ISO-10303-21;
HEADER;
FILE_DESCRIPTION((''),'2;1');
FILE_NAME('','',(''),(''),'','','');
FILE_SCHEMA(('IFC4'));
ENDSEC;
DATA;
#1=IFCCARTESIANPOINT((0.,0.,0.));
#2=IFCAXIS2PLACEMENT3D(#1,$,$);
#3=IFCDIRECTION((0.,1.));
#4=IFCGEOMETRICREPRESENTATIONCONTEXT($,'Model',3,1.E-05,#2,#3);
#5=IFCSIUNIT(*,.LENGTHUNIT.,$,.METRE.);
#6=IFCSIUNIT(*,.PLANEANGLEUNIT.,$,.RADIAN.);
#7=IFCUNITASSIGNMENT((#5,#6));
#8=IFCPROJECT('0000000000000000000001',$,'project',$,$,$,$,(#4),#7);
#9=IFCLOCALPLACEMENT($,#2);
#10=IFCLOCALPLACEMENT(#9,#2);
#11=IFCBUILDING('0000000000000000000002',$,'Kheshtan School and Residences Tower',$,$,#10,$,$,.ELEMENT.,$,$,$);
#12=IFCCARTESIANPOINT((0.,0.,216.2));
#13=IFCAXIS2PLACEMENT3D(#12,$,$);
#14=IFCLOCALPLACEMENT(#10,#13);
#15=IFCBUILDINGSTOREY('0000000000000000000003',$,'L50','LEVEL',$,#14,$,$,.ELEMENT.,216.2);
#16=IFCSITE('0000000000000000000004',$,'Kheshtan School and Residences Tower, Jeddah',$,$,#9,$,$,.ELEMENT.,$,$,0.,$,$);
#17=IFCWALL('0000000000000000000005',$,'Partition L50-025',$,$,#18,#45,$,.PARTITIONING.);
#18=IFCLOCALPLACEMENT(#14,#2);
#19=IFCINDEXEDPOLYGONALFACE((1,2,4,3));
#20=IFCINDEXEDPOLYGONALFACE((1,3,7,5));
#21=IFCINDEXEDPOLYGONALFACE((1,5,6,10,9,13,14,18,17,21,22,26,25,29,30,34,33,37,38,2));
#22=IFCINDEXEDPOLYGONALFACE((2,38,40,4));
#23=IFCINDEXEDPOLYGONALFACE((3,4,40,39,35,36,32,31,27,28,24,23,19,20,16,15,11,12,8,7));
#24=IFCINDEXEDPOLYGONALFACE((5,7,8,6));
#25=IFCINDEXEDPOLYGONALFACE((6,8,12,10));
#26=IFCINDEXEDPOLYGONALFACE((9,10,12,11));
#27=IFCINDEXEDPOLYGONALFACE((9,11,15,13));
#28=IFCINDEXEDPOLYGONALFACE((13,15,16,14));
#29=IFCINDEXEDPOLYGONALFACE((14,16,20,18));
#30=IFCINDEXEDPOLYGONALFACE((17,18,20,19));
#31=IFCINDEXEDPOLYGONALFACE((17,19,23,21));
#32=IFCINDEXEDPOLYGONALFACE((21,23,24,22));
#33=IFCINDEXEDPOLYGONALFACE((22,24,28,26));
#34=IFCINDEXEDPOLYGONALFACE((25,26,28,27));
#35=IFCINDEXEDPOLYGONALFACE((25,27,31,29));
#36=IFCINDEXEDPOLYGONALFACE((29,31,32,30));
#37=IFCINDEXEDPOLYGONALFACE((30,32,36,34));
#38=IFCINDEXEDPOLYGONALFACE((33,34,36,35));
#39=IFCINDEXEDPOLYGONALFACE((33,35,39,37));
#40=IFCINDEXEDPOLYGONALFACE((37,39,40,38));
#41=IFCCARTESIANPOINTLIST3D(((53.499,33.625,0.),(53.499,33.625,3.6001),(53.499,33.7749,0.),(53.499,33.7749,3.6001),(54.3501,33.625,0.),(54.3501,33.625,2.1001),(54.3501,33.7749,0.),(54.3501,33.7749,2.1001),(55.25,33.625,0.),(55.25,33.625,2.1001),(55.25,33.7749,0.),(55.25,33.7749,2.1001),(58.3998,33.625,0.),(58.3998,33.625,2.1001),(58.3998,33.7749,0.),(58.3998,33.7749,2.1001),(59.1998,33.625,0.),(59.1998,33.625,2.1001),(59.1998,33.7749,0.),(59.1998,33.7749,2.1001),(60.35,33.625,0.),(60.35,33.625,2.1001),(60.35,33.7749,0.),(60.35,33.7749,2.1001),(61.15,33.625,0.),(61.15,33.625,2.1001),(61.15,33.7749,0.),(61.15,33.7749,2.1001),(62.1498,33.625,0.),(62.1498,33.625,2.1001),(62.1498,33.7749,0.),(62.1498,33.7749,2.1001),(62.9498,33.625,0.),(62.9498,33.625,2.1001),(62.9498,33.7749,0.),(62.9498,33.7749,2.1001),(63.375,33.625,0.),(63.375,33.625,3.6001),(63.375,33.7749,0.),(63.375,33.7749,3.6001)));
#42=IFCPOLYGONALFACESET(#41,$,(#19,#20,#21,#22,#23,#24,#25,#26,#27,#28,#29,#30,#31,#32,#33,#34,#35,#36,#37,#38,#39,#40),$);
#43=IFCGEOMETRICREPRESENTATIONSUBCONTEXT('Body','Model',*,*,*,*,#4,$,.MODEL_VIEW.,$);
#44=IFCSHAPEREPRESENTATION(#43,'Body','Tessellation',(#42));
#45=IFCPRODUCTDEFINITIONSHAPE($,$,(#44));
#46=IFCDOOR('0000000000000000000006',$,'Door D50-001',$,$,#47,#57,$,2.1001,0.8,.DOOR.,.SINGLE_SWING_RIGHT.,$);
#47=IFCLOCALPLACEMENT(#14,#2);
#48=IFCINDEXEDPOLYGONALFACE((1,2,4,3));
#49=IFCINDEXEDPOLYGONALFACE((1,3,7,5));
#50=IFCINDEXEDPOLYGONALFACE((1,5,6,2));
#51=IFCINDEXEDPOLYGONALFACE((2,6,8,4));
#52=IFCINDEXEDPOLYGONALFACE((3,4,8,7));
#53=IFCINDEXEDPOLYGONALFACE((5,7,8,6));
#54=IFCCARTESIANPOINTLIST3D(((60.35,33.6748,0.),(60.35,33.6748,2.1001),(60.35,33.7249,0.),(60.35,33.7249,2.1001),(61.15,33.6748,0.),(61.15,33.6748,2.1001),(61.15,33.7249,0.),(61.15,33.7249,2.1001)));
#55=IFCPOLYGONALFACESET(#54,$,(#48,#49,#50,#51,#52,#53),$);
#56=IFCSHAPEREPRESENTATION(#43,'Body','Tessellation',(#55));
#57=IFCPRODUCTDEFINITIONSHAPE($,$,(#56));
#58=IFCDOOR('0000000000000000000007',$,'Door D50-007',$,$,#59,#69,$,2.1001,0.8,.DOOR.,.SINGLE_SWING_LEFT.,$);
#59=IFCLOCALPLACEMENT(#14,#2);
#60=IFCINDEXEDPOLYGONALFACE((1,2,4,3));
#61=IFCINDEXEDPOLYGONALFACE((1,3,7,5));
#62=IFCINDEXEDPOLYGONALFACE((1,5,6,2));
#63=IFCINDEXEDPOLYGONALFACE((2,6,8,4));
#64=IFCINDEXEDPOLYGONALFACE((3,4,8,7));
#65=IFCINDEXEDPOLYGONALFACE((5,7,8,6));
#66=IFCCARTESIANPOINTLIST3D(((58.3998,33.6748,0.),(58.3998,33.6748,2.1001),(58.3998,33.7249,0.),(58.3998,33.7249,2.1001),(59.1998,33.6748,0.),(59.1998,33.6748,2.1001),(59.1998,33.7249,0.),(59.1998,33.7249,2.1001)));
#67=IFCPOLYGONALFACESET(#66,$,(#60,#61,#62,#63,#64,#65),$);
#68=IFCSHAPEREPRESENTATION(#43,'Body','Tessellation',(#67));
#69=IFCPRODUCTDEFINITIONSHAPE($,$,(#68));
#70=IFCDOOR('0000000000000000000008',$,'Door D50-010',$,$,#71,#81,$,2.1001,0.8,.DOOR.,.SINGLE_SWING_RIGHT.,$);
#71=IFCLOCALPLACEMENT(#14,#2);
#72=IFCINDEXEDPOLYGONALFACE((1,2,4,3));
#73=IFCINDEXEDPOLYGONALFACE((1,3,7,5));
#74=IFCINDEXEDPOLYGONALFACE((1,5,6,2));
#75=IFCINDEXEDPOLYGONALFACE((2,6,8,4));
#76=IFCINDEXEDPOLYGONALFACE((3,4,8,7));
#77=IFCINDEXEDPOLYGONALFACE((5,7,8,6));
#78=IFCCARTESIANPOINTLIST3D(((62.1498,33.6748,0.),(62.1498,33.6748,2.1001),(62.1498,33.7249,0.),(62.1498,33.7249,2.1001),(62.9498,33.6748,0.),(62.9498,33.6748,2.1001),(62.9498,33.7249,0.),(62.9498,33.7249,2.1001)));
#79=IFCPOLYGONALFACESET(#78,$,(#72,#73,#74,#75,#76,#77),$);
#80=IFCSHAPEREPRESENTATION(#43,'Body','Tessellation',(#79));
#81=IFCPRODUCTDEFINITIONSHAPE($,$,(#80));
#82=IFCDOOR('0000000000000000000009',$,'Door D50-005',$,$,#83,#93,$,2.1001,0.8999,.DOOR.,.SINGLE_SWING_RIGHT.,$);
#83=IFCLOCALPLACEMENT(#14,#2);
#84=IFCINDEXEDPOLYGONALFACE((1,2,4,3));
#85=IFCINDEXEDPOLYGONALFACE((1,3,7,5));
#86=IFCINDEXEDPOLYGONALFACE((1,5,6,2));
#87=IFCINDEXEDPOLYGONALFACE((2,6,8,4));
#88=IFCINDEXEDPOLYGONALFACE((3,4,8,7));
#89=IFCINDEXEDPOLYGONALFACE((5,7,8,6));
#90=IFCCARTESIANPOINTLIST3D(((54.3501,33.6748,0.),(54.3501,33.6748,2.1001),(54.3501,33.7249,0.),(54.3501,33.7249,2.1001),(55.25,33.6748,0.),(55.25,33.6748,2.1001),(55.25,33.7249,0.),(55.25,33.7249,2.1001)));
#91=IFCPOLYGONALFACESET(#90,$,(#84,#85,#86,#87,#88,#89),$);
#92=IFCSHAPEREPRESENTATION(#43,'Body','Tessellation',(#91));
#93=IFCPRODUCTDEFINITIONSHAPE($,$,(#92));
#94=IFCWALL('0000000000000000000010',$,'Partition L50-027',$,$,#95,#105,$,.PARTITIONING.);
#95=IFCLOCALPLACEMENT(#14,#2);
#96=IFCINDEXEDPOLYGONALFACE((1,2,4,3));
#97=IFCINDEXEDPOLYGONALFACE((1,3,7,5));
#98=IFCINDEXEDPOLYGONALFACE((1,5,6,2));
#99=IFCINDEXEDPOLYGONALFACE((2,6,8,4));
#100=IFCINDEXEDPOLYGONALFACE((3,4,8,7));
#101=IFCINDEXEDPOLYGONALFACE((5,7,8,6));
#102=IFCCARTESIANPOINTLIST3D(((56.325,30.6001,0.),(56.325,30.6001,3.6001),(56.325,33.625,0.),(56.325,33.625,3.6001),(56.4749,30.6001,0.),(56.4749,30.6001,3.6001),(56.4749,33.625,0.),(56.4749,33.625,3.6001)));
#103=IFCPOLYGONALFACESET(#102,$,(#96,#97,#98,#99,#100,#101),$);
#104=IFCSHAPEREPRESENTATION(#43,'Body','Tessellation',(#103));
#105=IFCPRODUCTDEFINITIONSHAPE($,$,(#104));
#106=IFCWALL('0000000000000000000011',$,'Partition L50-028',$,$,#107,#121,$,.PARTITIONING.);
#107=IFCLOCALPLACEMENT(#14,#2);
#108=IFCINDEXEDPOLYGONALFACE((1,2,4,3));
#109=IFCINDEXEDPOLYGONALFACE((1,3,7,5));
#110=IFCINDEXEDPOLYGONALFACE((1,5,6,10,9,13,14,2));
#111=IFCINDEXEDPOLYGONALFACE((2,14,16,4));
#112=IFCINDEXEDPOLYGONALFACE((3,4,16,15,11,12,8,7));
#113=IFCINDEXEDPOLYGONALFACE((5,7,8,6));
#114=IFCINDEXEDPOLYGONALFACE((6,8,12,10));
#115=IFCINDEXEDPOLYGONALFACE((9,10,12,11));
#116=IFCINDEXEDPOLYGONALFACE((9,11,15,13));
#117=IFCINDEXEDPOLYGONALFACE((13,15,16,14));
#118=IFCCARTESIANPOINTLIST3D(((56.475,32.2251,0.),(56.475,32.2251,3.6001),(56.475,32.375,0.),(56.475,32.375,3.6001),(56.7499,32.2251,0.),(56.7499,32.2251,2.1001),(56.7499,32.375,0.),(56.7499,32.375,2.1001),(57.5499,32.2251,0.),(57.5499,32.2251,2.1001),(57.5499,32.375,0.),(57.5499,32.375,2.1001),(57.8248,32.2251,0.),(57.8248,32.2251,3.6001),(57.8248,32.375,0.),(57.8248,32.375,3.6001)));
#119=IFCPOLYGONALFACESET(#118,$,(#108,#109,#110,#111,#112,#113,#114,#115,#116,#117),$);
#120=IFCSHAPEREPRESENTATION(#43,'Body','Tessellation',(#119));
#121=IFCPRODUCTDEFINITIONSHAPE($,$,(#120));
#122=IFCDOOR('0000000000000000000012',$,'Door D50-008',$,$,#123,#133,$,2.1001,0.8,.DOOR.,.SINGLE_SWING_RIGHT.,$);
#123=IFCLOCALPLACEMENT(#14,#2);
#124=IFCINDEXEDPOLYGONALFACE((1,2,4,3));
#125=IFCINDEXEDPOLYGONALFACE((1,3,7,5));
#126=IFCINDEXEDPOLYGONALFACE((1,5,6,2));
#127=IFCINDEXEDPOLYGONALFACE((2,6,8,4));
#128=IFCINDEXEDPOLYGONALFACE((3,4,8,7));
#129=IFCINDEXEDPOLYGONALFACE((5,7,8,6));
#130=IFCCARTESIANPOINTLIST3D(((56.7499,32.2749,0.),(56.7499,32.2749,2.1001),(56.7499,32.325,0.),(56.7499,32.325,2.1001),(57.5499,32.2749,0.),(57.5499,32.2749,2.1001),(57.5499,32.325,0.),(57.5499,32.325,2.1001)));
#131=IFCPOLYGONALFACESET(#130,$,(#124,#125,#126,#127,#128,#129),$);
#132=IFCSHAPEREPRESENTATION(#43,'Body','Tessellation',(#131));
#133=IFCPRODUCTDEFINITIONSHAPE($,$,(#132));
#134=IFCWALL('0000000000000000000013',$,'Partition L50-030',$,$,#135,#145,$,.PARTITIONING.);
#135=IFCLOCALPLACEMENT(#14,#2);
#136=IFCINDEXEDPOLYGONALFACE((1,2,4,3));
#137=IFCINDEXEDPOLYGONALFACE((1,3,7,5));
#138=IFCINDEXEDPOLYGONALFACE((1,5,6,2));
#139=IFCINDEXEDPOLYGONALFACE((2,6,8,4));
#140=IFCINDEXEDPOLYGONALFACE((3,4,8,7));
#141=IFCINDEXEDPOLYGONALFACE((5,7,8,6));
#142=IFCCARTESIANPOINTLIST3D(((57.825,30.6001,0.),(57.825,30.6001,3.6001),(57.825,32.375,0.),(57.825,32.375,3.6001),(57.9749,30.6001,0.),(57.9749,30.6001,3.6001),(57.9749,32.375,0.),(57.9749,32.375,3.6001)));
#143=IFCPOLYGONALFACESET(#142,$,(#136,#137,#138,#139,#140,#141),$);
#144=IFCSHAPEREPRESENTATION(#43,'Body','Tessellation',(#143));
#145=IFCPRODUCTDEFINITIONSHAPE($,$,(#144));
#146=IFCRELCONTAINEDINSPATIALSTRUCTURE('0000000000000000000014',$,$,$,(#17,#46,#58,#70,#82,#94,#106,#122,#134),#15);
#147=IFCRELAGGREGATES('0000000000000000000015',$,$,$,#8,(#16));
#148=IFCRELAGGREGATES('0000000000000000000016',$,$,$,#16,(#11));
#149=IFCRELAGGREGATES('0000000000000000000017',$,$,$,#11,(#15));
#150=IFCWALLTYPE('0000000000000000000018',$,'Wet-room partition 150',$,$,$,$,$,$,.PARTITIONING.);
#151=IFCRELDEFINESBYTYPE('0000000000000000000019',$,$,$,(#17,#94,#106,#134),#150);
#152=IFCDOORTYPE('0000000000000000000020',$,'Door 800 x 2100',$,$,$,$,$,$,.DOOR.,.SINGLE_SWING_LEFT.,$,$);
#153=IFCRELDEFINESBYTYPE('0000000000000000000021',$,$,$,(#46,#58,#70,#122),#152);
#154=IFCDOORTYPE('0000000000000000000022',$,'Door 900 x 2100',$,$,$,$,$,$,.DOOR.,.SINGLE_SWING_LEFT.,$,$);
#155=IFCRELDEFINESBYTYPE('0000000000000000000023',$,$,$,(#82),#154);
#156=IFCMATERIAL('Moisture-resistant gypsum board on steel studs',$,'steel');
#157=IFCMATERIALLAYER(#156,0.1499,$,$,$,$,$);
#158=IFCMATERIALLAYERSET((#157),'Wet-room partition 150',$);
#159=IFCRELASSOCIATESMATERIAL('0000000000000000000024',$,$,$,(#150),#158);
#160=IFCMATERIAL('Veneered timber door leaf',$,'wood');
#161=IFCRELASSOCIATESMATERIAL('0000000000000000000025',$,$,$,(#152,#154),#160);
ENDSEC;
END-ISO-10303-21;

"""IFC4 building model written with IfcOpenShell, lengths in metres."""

from ifc_helpers import new_model, si_unit, direction, frame, frame_2d, origin, place, context, subcontext, project, spatial, rectangle, extrude, source, transform, mapped, material, layer, layer_set, type_object, element, fill, save


model = new_model("IFC4")

# Units and contexts
model_context = context("Model", 3, precision=1e-05, world=origin(), true_north=direction((0.0, 1.0)))
body_context = subcontext(model_context, "Body", "Model", "MODEL_VIEW")
ifc_project = project(units=[si_unit("LENGTHUNIT", "METRE"), si_unit("PLANEANGLEUNIT", "RADIAN")], contexts=[model_context])

# Site, building, storey
site_placement = place(None, origin())
site = spatial("IfcSite", under=ifc_project, at=site_placement, Name="Kheshtan School and Residences Tower, Jeddah", CompositionType="ELEMENT", RefElevation=0.0)
building_placement = place(site_placement, origin())
building = spatial("IfcBuilding", under=site, at=building_placement, Name="Kheshtan School and Residences Tower", CompositionType="ELEMENT")
storey_placement = place(building_placement, frame((0.0, 0.0, 216.2)))
storey = spatial("IfcBuildingStorey", under=building, at=storey_placement, Name="L50", Description="LEVEL", CompositionType="ELEMENT", Elevation=216.2)

# Wall, openings, doors
ifc_material_1 = material(Name="Moisture-resistant gypsum board on steel studs", Category="steel")
ifc_layer_1 = layer(ifc_material_1, 0.1499)
ifc_layer_set_1 = layer_set([ifc_layer_1], Name="Wet-room partition 150")
wall_type_1 = type_object("IfcWallType", Name="Wet-room partition 150", PredefinedType="PARTITIONING", material=ifc_layer_set_1)
wall_1_placement = place(storey_placement, frame((53.499, 33.7, 0.0), z_axis=(0.0, 0.0, 1.0), x_axis=(1.0, 0.0, 0.0)))
wall_1 = element("IfcWall", 1, at=wall_1_placement, inside=storey, type_object=wall_type_1, Name="Partition L50-025", PredefinedType="PARTITIONING", context=body_context, shape_type="SweptSolid", body=[
    extrude(rectangle(XDim=9.876, YDim=0.1499, at=frame_2d((4.938, 0.0))), origin(), (0.0, 0.0, 1.0), 3.6001),
])
opening_1_placement = place(wall_1_placement, frame((6.8511, 0.0, 0.0)))
opening_1 = element("IfcOpeningElement", 2, at=opening_1_placement, cuts=wall_1, PredefinedType="OPENING", context=body_context, shape_type="SweptSolid", body=[
    extrude(rectangle(XDim=0.8, YDim=2.1001, at=frame_2d((0.3999, 1.05))), frame((0.0, 0.085, 0.0), z_axis=(0.0, -1.0, 0.0), x_axis=(1.0, 0.0, 0.0)), (0.0, 0.0, 1.0), 0.1699),
])
opening_2_placement = place(wall_1_placement, frame((0.8511, 0.0, 0.0)))
opening_2 = element("IfcOpeningElement", 3, at=opening_2_placement, cuts=wall_1, PredefinedType="OPENING", context=body_context, shape_type="SweptSolid", body=[
    extrude(rectangle(XDim=0.8999, YDim=2.1001, at=frame_2d((0.45, 1.05))), frame((0.0, 0.085, 0.0), z_axis=(0.0, -1.0, 0.0), x_axis=(1.0, 0.0, 0.0)), (0.0, 0.0, 1.0), 0.1699),
])
opening_3_placement = place(wall_1_placement, frame((4.9009, 0.0, 0.0)))
opening_3 = element("IfcOpeningElement", 4, at=opening_3_placement, cuts=wall_1, PredefinedType="OPENING", context=body_context, shape_type="SweptSolid", body=[
    extrude(rectangle(XDim=0.8, YDim=2.1001, at=frame_2d((0.3999, 1.05))), frame((0.0, 0.085, 0.0), z_axis=(0.0, -1.0, 0.0), x_axis=(1.0, 0.0, 0.0)), (0.0, 0.0, 1.0), 0.1699),
])
opening_4_placement = place(wall_1_placement, frame((8.6509, 0.0, 0.0)))
opening_4 = element("IfcOpeningElement", 5, at=opening_4_placement, cuts=wall_1, PredefinedType="OPENING", context=body_context, shape_type="SweptSolid", body=[
    extrude(rectangle(XDim=0.8, YDim=2.1001, at=frame_2d((0.3999, 1.05))), frame((0.0, 0.085, 0.0), z_axis=(0.0, -1.0, 0.0), x_axis=(1.0, 0.0, 0.0)), (0.0, 0.0, 1.0), 0.1699),
])
ifc_material_2 = material(Name="Veneered timber door leaf", Category="wood")
door_type_1 = type_object("IfcDoorType", Name="Door 800 x 2100", OperationType="SINGLE_SWING_LEFT", PredefinedType="DOOR", material=ifc_material_2)
shared_shape_1 = source(origin(), body_context, "Body", "SweptSolid", [
    extrude(rectangle(XDim=0.8, YDim=2.1001, at=frame_2d((0.3999, 1.05))), frame((0.0, 0.0249, 0.0), z_axis=(0.0, -1.0, 0.0), x_axis=(1.0, 0.0, 0.0)), (0.0, 0.0, 1.0), 0.05),
])
door_1_placement = place(opening_1_placement, origin())
door_1 = element("IfcDoor", 6, at=door_1_placement, inside=storey, type_object=door_type_1, Name="Door D50-001", OperationType="SINGLE_SWING_RIGHT", OverallHeight=2.1001, OverallWidth=0.8, PredefinedType="DOOR", context=body_context, shape_type="MappedRepresentation", body=[
    mapped(shared_shape_1, transform((0.0, 0.0, 0.0), x_axis=(1.0, 0.0, 0.0), y_axis=(0.0, 1.0, 0.0), z_axis=(0.0, 0.0, 1.0), scale=1.0)),
])
fill(opening_1, door_1)
door_2_placement = place(opening_3_placement, origin())
door_2 = element("IfcDoor", 7, at=door_2_placement, inside=storey, type_object=door_type_1, Name="Door D50-007", OperationType="SINGLE_SWING_LEFT", OverallHeight=2.1001, OverallWidth=0.8, PredefinedType="DOOR", context=body_context, shape_type="MappedRepresentation", body=[
    mapped(shared_shape_1, transform((0.0, 0.0, 0.0), x_axis=(1.0, 0.0, 0.0), y_axis=(0.0, 1.0, 0.0), z_axis=(0.0, 0.0, 1.0), scale=1.0)),
])
fill(opening_3, door_2)
door_3_placement = place(opening_4_placement, origin())
door_3 = element("IfcDoor", 8, at=door_3_placement, inside=storey, type_object=door_type_1, Name="Door D50-010", OperationType="SINGLE_SWING_RIGHT", OverallHeight=2.1001, OverallWidth=0.8, PredefinedType="DOOR", context=body_context, shape_type="MappedRepresentation", body=[
    mapped(shared_shape_1, transform((0.0, 0.0, 0.0), x_axis=(1.0, 0.0, 0.0), y_axis=(0.0, 1.0, 0.0), z_axis=(0.0, 0.0, 1.0), scale=1.0)),
])
fill(opening_4, door_3)
door_type_2 = type_object("IfcDoorType", Name="Door 900 x 2100", OperationType="SINGLE_SWING_LEFT", PredefinedType="DOOR", material=ifc_material_2)
shared_shape_2 = source(origin(), body_context, "Body", "SweptSolid", [
    extrude(rectangle(XDim=0.8999, YDim=2.1001, at=frame_2d((0.45, 1.05))), frame((0.0, 0.0249, 0.0), z_axis=(0.0, -1.0, 0.0), x_axis=(1.0, 0.0, 0.0)), (0.0, 0.0, 1.0), 0.05),
])
door_4_placement = place(opening_2_placement, origin())
door_4 = element("IfcDoor", 9, at=door_4_placement, inside=storey, type_object=door_type_2, Name="Door D50-005", OperationType="SINGLE_SWING_RIGHT", OverallHeight=2.1001, OverallWidth=0.8999, PredefinedType="DOOR", context=body_context, shape_type="MappedRepresentation", body=[
    mapped(shared_shape_2, transform((0.0, 0.0, 0.0), x_axis=(1.0, 0.0, 0.0), y_axis=(0.0, 1.0, 0.0), z_axis=(0.0, 0.0, 1.0), scale=1.0)),
])
fill(opening_2, door_4)

# Wall
wall_2_placement = place(storey_placement, frame((56.3999, 30.6001, 0.0), z_axis=(0.0, 0.0, 1.0), x_axis=(0.0, 1.0, 0.0)))
element("IfcWall", 10, at=wall_2_placement, inside=storey, type_object=wall_type_1, Name="Partition L50-027", PredefinedType="PARTITIONING", context=body_context, shape_type="SweptSolid", body=[
    extrude(rectangle(XDim=3.0249, YDim=0.1499, at=frame_2d((1.5125, 0.0))), origin(), (0.0, 0.0, 1.0), 3.6001),
])

# Wall, opening, door
wall_3_placement = place(storey_placement, frame((56.4751, 32.3, 0.0), z_axis=(0.0, 0.0, 1.0), x_axis=(1.0, 0.0, 0.0)))
wall_3 = element("IfcWall", 11, at=wall_3_placement, inside=storey, type_object=wall_type_1, Name="Partition L50-028", PredefinedType="PARTITIONING", context=body_context, shape_type="SweptSolid", body=[
    extrude(rectangle(XDim=1.3499, YDim=0.1499, at=frame_2d((0.6748, 0.0))), origin(), (0.0, 0.0, 1.0), 3.6001),
])
opening_5_placement = place(wall_3_placement, frame((0.2749, 0.0, 0.0)))
opening_5 = element("IfcOpeningElement", 12, at=opening_5_placement, cuts=wall_3, PredefinedType="OPENING", context=body_context, shape_type="SweptSolid", body=[
    extrude(rectangle(XDim=0.8, YDim=2.1001, at=frame_2d((0.3999, 1.05))), frame((0.0, 0.085, 0.0), z_axis=(0.0, -1.0, 0.0), x_axis=(1.0, 0.0, 0.0)), (0.0, 0.0, 1.0), 0.1699),
])
door_5_placement = place(opening_5_placement, origin())
door_5 = element("IfcDoor", 13, at=door_5_placement, inside=storey, type_object=door_type_1, Name="Door D50-008", OperationType="SINGLE_SWING_RIGHT", OverallHeight=2.1001, OverallWidth=0.8, PredefinedType="DOOR", context=body_context, shape_type="MappedRepresentation", body=[
    mapped(shared_shape_1, transform((0.0, 0.0, 0.0), x_axis=(1.0, 0.0, 0.0), y_axis=(0.0, 1.0, 0.0), z_axis=(0.0, 0.0, 1.0), scale=1.0)),
])
fill(opening_5, door_5)

# Wall
wall_4_placement = place(storey_placement, frame((57.8999, 30.6001, 0.0), z_axis=(0.0, 0.0, 1.0), x_axis=(0.0, 1.0, 0.0)))
element("IfcWall", 14, at=wall_4_placement, inside=storey, type_object=wall_type_1, Name="Partition L50-030", PredefinedType="PARTITIONING", context=body_context, shape_type="SweptSolid", body=[
    extrude(rectangle(XDim=1.7749, YDim=0.1499, at=frame_2d((0.8875, 0.0))), origin(), (0.0, 0.0, 1.0), 3.6001),
])

save(model, "model.ifc")
